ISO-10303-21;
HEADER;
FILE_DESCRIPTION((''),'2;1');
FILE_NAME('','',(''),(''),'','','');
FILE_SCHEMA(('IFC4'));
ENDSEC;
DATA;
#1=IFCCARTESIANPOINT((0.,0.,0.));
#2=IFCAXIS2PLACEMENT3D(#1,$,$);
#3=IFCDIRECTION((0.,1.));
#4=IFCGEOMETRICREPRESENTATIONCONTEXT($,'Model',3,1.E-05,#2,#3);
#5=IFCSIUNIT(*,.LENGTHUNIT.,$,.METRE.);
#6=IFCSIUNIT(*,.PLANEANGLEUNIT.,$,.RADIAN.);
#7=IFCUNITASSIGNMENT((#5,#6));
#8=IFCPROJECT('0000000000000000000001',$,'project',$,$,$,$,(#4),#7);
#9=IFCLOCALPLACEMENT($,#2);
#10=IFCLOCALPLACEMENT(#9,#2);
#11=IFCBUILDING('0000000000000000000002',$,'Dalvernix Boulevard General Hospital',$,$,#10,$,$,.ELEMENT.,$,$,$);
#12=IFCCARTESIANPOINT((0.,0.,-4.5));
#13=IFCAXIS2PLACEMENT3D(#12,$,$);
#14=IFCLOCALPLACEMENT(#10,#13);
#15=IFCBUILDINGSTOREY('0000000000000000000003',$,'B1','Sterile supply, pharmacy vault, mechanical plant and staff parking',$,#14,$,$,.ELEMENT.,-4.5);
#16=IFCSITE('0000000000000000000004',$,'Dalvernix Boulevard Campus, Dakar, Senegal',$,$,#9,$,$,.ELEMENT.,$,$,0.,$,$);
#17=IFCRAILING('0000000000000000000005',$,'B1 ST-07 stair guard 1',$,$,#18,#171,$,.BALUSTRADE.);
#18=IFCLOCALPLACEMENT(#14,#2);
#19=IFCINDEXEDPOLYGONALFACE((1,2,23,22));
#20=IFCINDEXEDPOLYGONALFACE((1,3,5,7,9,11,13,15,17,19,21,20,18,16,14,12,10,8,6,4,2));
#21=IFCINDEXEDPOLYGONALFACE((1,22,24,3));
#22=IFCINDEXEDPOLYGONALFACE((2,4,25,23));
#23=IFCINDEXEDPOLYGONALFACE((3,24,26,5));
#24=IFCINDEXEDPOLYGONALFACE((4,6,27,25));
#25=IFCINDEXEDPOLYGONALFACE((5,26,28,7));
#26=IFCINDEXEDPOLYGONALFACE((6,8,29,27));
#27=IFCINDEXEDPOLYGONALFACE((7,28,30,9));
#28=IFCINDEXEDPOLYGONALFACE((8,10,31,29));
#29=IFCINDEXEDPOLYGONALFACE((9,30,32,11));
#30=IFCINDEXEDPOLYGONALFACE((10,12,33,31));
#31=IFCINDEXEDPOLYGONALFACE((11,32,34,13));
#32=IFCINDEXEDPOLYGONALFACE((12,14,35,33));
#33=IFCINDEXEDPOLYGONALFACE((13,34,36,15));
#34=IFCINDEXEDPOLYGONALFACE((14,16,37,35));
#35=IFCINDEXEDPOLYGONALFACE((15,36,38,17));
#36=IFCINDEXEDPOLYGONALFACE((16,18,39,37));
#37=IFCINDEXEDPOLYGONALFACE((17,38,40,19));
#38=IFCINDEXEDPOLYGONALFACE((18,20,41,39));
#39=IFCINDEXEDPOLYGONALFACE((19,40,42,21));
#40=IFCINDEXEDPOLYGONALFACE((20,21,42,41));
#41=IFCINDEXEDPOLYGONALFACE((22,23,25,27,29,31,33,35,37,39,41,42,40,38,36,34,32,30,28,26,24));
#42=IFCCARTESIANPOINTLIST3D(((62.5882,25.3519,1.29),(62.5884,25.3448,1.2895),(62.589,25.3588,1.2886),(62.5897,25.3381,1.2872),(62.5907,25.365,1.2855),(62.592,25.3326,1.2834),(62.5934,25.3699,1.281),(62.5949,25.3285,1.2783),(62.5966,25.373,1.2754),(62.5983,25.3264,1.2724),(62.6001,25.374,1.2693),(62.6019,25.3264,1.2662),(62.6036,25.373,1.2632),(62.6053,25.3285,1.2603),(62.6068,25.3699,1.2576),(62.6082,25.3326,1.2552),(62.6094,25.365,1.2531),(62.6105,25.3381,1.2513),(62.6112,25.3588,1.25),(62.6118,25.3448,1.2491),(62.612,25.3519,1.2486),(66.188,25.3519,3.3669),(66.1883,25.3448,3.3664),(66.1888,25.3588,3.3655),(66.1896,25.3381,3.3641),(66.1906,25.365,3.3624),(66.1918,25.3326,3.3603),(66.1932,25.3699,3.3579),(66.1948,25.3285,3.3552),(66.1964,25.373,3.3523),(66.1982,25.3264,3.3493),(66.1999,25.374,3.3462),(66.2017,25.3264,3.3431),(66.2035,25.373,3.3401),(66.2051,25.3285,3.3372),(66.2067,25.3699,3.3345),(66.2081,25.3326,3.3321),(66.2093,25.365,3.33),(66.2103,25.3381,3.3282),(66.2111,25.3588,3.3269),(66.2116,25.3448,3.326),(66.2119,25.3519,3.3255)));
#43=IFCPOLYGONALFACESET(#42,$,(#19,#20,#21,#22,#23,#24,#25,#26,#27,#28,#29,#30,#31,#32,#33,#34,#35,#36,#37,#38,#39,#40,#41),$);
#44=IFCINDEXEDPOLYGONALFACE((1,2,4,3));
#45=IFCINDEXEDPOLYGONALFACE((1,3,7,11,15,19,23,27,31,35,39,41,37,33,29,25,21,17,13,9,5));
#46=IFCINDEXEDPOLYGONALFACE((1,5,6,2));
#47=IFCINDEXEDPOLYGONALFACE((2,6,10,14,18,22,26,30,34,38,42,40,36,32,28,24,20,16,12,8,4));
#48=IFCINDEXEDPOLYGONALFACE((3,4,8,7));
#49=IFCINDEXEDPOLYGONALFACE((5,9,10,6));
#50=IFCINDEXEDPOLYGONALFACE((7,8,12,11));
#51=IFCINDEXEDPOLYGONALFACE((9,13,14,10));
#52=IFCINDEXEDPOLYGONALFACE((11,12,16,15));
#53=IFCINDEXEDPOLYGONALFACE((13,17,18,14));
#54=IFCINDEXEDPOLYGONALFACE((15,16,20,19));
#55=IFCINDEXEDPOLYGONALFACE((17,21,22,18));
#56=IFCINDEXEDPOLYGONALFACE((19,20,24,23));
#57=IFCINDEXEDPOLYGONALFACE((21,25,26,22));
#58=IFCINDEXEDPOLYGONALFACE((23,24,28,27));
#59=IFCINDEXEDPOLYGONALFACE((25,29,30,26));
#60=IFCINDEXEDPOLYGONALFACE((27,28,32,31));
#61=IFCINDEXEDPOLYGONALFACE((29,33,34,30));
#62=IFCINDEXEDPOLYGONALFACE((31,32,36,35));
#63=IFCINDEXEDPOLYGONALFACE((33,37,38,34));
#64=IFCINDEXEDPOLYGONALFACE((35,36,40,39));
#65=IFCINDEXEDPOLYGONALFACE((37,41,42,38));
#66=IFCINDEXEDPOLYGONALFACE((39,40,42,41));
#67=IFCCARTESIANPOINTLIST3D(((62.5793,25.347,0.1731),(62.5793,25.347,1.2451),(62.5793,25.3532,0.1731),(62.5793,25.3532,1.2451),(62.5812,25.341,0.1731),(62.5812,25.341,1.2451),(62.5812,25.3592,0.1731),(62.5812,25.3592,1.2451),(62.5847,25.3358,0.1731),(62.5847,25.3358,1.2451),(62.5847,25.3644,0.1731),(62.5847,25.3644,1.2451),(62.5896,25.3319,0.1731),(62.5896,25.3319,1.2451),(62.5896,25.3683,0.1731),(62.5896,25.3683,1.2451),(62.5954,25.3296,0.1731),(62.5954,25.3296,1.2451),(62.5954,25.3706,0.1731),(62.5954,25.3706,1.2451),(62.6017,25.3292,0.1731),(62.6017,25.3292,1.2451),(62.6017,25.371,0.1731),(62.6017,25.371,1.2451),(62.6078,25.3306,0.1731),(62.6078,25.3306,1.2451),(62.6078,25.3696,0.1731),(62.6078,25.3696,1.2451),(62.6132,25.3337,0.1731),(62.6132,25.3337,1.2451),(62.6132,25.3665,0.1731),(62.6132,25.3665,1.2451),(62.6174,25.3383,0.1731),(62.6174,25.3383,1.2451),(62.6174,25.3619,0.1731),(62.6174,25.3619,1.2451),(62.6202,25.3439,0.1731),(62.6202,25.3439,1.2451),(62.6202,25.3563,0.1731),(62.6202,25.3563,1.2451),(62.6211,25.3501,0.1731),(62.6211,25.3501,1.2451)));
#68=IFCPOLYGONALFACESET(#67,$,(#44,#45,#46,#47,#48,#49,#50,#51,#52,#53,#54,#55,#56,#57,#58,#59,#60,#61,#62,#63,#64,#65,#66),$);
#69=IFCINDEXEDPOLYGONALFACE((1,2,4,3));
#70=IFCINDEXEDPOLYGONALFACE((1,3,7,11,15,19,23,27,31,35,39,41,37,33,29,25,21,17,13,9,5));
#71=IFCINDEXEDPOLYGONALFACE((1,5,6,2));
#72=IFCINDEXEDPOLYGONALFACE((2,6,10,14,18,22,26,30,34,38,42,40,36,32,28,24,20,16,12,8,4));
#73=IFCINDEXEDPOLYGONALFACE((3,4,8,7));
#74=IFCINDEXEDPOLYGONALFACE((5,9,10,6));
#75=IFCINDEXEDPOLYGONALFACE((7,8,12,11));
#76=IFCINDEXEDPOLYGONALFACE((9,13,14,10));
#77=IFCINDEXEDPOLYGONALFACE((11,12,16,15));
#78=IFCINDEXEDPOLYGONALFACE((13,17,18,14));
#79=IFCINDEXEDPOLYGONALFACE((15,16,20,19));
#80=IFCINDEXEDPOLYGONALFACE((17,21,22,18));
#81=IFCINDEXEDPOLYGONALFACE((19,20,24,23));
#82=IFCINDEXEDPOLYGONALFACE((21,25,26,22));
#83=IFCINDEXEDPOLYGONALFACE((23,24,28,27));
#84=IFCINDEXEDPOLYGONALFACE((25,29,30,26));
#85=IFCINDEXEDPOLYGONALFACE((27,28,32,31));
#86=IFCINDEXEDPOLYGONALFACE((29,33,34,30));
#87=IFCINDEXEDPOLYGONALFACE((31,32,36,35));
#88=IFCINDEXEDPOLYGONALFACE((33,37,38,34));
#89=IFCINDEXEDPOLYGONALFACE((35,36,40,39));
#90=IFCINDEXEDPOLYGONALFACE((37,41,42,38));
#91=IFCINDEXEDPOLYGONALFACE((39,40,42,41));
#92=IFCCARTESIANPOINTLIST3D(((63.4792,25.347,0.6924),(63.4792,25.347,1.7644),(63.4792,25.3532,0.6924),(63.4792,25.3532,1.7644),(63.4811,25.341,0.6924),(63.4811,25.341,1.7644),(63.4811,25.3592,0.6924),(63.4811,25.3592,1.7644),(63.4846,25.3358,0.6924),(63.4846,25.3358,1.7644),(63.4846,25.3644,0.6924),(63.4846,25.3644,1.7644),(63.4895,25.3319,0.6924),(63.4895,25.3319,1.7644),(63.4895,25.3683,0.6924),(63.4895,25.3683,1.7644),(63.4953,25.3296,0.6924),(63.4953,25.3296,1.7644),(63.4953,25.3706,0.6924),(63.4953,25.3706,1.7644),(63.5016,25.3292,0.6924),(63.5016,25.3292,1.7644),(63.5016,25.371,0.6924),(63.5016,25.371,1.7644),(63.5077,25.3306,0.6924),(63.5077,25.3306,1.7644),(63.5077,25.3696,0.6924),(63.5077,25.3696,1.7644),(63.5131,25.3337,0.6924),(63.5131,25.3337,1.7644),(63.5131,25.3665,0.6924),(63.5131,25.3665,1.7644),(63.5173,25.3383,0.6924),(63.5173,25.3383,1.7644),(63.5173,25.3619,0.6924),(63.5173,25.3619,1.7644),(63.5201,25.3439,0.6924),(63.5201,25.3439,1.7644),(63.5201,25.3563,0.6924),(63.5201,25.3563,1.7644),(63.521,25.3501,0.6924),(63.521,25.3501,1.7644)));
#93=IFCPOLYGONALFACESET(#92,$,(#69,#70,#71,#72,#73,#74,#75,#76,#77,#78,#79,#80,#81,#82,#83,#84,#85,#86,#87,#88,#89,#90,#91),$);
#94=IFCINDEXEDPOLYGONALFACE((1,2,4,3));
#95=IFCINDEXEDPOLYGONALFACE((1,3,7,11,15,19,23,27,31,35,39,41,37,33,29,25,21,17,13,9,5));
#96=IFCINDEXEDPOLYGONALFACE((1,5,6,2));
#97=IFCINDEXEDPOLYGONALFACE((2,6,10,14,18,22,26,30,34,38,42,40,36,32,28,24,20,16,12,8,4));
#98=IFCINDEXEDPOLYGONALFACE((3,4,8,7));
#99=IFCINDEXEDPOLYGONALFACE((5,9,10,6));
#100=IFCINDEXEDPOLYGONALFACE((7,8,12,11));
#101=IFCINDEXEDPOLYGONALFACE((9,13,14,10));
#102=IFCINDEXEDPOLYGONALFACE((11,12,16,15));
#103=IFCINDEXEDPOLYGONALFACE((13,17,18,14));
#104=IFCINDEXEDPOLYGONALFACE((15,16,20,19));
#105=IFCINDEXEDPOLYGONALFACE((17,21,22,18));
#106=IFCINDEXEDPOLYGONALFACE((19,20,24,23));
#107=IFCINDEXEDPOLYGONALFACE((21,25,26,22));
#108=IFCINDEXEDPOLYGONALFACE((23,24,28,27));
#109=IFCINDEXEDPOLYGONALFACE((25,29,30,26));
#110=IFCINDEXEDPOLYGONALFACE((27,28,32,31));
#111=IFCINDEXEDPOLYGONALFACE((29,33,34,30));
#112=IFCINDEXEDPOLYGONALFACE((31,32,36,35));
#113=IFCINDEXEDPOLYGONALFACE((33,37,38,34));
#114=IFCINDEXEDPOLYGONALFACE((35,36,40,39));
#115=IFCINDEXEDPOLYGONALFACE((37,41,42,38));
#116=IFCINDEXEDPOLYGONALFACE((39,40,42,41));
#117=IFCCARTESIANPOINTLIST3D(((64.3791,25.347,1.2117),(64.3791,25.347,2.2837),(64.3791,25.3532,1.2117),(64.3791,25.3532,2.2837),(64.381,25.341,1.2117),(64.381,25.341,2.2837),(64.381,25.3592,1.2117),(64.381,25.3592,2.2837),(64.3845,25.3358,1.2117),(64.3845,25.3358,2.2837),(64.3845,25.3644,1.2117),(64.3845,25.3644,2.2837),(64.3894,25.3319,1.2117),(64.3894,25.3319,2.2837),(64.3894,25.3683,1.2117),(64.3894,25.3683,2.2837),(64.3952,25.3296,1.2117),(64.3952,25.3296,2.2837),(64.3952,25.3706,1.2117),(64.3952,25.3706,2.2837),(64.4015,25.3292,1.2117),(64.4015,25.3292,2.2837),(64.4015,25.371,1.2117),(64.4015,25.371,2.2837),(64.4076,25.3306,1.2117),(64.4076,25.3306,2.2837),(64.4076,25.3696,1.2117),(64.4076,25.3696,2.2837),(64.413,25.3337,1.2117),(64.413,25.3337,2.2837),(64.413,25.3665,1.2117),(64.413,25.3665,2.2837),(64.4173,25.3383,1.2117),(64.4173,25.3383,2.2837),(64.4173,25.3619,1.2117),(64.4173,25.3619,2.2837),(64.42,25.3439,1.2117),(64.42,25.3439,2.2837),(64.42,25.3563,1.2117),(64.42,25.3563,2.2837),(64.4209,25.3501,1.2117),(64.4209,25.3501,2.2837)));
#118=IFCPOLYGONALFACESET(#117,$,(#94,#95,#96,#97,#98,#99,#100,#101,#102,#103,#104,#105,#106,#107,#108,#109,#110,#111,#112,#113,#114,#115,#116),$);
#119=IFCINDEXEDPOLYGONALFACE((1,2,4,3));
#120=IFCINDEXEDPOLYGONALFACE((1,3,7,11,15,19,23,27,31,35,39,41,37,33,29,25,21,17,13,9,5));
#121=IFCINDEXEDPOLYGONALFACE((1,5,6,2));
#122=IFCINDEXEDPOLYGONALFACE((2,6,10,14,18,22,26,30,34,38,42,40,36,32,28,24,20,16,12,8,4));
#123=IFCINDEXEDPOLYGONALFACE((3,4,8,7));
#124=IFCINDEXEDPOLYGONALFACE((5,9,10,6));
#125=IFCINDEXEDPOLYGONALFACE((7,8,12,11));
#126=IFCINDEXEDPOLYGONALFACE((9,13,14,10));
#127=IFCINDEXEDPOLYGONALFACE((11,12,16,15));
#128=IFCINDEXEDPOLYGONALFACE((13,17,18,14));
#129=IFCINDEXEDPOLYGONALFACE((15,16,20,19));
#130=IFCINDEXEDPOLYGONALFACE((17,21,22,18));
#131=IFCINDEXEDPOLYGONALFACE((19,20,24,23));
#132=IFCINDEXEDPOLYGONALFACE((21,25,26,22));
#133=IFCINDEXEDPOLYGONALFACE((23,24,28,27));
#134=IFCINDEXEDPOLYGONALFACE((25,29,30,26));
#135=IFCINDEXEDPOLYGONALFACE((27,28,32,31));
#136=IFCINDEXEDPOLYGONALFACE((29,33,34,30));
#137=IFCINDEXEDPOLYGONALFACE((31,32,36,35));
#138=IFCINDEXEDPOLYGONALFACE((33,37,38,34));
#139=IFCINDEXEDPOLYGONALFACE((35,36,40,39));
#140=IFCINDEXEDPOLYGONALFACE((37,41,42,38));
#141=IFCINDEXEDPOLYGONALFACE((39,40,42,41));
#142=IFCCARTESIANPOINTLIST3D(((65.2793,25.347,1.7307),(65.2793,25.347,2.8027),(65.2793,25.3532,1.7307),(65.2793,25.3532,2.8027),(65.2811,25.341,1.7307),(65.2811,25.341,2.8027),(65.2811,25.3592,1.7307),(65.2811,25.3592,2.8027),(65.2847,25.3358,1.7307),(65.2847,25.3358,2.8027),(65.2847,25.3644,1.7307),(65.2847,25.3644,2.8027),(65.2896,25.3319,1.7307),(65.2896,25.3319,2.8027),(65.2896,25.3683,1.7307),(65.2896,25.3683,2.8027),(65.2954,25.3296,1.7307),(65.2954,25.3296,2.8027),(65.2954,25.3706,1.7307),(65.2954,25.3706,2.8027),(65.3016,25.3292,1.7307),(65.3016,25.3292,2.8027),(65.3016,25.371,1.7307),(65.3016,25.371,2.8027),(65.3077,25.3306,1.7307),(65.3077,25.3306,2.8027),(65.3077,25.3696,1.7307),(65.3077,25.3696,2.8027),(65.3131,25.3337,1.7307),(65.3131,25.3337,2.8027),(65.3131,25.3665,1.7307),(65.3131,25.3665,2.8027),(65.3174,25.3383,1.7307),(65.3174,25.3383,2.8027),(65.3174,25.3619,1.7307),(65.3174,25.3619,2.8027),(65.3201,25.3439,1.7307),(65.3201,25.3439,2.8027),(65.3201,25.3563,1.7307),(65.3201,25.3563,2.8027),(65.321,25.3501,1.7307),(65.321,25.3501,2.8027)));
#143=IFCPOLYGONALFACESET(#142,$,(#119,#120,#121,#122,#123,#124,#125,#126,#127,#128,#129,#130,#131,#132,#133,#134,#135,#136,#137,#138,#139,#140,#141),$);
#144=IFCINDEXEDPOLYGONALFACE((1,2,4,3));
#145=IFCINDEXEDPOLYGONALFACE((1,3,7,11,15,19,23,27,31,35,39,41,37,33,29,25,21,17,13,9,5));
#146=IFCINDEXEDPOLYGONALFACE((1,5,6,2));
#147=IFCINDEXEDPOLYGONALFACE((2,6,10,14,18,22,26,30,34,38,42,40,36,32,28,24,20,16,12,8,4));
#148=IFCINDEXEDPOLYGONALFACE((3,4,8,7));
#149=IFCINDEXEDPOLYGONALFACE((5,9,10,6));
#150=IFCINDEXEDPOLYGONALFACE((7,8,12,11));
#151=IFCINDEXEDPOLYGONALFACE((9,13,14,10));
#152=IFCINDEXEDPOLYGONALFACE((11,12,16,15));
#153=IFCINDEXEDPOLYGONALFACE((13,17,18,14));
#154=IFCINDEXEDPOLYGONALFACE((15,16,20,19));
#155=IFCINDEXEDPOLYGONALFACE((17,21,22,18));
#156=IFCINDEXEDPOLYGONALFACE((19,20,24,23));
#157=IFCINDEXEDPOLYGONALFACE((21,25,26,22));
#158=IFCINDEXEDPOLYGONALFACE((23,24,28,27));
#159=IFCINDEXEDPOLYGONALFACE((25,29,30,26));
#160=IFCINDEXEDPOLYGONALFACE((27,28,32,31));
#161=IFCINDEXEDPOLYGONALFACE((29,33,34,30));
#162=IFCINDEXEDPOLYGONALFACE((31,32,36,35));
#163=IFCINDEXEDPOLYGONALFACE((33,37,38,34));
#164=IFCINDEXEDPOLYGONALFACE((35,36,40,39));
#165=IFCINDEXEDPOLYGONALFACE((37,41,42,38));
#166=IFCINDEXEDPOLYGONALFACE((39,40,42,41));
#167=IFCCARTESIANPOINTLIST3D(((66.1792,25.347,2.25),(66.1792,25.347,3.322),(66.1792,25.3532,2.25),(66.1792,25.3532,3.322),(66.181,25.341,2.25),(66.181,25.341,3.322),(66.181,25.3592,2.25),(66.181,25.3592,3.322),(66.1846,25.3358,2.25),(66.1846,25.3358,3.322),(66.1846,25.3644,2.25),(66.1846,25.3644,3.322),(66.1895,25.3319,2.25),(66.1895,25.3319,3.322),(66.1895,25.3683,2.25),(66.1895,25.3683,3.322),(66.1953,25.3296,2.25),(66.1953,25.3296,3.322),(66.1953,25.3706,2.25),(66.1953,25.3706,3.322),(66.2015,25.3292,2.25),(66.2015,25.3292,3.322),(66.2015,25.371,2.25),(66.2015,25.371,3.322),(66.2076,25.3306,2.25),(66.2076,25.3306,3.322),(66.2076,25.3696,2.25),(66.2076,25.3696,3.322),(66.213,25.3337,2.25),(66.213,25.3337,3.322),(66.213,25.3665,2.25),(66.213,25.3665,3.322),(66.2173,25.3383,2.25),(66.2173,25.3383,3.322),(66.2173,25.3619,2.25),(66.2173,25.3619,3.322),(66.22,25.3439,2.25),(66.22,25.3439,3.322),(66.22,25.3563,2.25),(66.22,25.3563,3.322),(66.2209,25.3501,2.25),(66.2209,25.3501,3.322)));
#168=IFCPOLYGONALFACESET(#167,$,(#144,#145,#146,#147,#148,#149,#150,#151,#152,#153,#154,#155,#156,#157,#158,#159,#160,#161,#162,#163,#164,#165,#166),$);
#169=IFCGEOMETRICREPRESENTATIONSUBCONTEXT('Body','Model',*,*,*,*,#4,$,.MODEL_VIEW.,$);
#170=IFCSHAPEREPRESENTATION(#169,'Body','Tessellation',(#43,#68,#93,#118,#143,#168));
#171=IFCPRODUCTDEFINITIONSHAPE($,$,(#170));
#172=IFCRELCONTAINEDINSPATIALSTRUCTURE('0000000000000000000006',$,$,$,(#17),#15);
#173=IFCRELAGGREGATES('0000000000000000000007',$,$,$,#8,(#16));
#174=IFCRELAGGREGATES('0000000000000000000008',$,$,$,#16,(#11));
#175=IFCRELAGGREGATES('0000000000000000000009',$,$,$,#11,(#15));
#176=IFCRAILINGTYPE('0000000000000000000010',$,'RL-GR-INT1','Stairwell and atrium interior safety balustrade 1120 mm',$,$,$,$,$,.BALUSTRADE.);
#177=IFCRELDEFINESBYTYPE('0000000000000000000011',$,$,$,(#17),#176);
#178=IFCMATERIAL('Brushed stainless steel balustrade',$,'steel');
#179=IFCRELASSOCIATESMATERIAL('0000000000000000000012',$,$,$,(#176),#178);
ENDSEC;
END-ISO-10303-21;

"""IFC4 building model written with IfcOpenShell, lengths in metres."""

from ifc_helpers import new_model, si_unit, direction, frame, origin, origin_2d, place, context, subcontext, project, spatial, circle, extrude, material, type_object, element, save


model = new_model("IFC4")

# Units and contexts
model_context = context("Model", 3, precision=1e-05, world=origin(), true_north=direction((0.0, 1.0)))
body_context = subcontext(model_context, "Body", "Model", "MODEL_VIEW")
ifc_project = project(units=[si_unit("LENGTHUNIT", "METRE"), si_unit("PLANEANGLEUNIT", "RADIAN")], contexts=[model_context])

# Site, building, storey
site_placement = place(None, origin())
site = spatial("IfcSite", under=ifc_project, at=site_placement, Name="Dalvernix Boulevard Campus, Dakar, Senegal", CompositionType="ELEMENT", RefElevation=0.0)
building_placement = place(site_placement, origin())
building = spatial("IfcBuilding", under=site, at=building_placement, Name="Dalvernix Boulevard General Hospital", CompositionType="ELEMENT")
storey_placement = place(building_placement, frame((0.0, 0.0, -4.5)))
storey = spatial("IfcBuildingStorey", under=building, at=storey_placement, Name="B1", Description="Sterile supply, pharmacy vault, mechanical plant and staff parking", CompositionType="ELEMENT", Elevation=-4.5)

# Railing
ifc_material_1 = material(Name="Brushed stainless steel balustrade", Category="steel")
railing_type_1 = type_object("IfcRailingType", Name="RL-GR-INT1", Description="Stairwell and atrium interior safety balustrade 1120 mm", PredefinedType="BALUSTRADE", material=ifc_material_1)
railing_1_placement = place(storey_placement, frame((62.6001, 25.3501, 0.1731)))
element("IfcRailing", 1, at=railing_1_placement, inside=storey, type_object=railing_type_1, Name="B1 ST-07 stair guard 1", PredefinedType="BALUSTRADE", context=body_context, shape_type="SweptSolid", body=[
    extrude(circle(Radius=0.0239, at=origin_2d()), frame((0.0, 0.0, 1.0962), z_axis=(0.866179, 0.0, 0.499734), x_axis=(0.0, 1.0, 0.0)), (0.0, 0.0, 1.0), 4.156),
    extrude(circle(Radius=0.021, at=origin_2d()), origin(), (0.0, 0.0, 1.0), 1.072),
    extrude(circle(Radius=0.021, at=origin_2d()), frame((0.8999, 0.0, 0.5193)), (0.0, 0.0, 1.0), 1.072),
    extrude(circle(Radius=0.021, at=origin_2d()), frame((1.7998, 0.0, 1.0386)), (0.0, 0.0, 1.0), 1.072),
    extrude(circle(Radius=0.021, at=origin_2d()), frame((2.7, 0.0, 1.5576)), (0.0, 0.0, 1.0), 1.072),
    extrude(circle(Radius=0.021, at=origin_2d()), frame((3.5999, 0.0, 2.0769)), (0.0, 0.0, 1.0), 1.072),
])

save(model, "model.ifc")
